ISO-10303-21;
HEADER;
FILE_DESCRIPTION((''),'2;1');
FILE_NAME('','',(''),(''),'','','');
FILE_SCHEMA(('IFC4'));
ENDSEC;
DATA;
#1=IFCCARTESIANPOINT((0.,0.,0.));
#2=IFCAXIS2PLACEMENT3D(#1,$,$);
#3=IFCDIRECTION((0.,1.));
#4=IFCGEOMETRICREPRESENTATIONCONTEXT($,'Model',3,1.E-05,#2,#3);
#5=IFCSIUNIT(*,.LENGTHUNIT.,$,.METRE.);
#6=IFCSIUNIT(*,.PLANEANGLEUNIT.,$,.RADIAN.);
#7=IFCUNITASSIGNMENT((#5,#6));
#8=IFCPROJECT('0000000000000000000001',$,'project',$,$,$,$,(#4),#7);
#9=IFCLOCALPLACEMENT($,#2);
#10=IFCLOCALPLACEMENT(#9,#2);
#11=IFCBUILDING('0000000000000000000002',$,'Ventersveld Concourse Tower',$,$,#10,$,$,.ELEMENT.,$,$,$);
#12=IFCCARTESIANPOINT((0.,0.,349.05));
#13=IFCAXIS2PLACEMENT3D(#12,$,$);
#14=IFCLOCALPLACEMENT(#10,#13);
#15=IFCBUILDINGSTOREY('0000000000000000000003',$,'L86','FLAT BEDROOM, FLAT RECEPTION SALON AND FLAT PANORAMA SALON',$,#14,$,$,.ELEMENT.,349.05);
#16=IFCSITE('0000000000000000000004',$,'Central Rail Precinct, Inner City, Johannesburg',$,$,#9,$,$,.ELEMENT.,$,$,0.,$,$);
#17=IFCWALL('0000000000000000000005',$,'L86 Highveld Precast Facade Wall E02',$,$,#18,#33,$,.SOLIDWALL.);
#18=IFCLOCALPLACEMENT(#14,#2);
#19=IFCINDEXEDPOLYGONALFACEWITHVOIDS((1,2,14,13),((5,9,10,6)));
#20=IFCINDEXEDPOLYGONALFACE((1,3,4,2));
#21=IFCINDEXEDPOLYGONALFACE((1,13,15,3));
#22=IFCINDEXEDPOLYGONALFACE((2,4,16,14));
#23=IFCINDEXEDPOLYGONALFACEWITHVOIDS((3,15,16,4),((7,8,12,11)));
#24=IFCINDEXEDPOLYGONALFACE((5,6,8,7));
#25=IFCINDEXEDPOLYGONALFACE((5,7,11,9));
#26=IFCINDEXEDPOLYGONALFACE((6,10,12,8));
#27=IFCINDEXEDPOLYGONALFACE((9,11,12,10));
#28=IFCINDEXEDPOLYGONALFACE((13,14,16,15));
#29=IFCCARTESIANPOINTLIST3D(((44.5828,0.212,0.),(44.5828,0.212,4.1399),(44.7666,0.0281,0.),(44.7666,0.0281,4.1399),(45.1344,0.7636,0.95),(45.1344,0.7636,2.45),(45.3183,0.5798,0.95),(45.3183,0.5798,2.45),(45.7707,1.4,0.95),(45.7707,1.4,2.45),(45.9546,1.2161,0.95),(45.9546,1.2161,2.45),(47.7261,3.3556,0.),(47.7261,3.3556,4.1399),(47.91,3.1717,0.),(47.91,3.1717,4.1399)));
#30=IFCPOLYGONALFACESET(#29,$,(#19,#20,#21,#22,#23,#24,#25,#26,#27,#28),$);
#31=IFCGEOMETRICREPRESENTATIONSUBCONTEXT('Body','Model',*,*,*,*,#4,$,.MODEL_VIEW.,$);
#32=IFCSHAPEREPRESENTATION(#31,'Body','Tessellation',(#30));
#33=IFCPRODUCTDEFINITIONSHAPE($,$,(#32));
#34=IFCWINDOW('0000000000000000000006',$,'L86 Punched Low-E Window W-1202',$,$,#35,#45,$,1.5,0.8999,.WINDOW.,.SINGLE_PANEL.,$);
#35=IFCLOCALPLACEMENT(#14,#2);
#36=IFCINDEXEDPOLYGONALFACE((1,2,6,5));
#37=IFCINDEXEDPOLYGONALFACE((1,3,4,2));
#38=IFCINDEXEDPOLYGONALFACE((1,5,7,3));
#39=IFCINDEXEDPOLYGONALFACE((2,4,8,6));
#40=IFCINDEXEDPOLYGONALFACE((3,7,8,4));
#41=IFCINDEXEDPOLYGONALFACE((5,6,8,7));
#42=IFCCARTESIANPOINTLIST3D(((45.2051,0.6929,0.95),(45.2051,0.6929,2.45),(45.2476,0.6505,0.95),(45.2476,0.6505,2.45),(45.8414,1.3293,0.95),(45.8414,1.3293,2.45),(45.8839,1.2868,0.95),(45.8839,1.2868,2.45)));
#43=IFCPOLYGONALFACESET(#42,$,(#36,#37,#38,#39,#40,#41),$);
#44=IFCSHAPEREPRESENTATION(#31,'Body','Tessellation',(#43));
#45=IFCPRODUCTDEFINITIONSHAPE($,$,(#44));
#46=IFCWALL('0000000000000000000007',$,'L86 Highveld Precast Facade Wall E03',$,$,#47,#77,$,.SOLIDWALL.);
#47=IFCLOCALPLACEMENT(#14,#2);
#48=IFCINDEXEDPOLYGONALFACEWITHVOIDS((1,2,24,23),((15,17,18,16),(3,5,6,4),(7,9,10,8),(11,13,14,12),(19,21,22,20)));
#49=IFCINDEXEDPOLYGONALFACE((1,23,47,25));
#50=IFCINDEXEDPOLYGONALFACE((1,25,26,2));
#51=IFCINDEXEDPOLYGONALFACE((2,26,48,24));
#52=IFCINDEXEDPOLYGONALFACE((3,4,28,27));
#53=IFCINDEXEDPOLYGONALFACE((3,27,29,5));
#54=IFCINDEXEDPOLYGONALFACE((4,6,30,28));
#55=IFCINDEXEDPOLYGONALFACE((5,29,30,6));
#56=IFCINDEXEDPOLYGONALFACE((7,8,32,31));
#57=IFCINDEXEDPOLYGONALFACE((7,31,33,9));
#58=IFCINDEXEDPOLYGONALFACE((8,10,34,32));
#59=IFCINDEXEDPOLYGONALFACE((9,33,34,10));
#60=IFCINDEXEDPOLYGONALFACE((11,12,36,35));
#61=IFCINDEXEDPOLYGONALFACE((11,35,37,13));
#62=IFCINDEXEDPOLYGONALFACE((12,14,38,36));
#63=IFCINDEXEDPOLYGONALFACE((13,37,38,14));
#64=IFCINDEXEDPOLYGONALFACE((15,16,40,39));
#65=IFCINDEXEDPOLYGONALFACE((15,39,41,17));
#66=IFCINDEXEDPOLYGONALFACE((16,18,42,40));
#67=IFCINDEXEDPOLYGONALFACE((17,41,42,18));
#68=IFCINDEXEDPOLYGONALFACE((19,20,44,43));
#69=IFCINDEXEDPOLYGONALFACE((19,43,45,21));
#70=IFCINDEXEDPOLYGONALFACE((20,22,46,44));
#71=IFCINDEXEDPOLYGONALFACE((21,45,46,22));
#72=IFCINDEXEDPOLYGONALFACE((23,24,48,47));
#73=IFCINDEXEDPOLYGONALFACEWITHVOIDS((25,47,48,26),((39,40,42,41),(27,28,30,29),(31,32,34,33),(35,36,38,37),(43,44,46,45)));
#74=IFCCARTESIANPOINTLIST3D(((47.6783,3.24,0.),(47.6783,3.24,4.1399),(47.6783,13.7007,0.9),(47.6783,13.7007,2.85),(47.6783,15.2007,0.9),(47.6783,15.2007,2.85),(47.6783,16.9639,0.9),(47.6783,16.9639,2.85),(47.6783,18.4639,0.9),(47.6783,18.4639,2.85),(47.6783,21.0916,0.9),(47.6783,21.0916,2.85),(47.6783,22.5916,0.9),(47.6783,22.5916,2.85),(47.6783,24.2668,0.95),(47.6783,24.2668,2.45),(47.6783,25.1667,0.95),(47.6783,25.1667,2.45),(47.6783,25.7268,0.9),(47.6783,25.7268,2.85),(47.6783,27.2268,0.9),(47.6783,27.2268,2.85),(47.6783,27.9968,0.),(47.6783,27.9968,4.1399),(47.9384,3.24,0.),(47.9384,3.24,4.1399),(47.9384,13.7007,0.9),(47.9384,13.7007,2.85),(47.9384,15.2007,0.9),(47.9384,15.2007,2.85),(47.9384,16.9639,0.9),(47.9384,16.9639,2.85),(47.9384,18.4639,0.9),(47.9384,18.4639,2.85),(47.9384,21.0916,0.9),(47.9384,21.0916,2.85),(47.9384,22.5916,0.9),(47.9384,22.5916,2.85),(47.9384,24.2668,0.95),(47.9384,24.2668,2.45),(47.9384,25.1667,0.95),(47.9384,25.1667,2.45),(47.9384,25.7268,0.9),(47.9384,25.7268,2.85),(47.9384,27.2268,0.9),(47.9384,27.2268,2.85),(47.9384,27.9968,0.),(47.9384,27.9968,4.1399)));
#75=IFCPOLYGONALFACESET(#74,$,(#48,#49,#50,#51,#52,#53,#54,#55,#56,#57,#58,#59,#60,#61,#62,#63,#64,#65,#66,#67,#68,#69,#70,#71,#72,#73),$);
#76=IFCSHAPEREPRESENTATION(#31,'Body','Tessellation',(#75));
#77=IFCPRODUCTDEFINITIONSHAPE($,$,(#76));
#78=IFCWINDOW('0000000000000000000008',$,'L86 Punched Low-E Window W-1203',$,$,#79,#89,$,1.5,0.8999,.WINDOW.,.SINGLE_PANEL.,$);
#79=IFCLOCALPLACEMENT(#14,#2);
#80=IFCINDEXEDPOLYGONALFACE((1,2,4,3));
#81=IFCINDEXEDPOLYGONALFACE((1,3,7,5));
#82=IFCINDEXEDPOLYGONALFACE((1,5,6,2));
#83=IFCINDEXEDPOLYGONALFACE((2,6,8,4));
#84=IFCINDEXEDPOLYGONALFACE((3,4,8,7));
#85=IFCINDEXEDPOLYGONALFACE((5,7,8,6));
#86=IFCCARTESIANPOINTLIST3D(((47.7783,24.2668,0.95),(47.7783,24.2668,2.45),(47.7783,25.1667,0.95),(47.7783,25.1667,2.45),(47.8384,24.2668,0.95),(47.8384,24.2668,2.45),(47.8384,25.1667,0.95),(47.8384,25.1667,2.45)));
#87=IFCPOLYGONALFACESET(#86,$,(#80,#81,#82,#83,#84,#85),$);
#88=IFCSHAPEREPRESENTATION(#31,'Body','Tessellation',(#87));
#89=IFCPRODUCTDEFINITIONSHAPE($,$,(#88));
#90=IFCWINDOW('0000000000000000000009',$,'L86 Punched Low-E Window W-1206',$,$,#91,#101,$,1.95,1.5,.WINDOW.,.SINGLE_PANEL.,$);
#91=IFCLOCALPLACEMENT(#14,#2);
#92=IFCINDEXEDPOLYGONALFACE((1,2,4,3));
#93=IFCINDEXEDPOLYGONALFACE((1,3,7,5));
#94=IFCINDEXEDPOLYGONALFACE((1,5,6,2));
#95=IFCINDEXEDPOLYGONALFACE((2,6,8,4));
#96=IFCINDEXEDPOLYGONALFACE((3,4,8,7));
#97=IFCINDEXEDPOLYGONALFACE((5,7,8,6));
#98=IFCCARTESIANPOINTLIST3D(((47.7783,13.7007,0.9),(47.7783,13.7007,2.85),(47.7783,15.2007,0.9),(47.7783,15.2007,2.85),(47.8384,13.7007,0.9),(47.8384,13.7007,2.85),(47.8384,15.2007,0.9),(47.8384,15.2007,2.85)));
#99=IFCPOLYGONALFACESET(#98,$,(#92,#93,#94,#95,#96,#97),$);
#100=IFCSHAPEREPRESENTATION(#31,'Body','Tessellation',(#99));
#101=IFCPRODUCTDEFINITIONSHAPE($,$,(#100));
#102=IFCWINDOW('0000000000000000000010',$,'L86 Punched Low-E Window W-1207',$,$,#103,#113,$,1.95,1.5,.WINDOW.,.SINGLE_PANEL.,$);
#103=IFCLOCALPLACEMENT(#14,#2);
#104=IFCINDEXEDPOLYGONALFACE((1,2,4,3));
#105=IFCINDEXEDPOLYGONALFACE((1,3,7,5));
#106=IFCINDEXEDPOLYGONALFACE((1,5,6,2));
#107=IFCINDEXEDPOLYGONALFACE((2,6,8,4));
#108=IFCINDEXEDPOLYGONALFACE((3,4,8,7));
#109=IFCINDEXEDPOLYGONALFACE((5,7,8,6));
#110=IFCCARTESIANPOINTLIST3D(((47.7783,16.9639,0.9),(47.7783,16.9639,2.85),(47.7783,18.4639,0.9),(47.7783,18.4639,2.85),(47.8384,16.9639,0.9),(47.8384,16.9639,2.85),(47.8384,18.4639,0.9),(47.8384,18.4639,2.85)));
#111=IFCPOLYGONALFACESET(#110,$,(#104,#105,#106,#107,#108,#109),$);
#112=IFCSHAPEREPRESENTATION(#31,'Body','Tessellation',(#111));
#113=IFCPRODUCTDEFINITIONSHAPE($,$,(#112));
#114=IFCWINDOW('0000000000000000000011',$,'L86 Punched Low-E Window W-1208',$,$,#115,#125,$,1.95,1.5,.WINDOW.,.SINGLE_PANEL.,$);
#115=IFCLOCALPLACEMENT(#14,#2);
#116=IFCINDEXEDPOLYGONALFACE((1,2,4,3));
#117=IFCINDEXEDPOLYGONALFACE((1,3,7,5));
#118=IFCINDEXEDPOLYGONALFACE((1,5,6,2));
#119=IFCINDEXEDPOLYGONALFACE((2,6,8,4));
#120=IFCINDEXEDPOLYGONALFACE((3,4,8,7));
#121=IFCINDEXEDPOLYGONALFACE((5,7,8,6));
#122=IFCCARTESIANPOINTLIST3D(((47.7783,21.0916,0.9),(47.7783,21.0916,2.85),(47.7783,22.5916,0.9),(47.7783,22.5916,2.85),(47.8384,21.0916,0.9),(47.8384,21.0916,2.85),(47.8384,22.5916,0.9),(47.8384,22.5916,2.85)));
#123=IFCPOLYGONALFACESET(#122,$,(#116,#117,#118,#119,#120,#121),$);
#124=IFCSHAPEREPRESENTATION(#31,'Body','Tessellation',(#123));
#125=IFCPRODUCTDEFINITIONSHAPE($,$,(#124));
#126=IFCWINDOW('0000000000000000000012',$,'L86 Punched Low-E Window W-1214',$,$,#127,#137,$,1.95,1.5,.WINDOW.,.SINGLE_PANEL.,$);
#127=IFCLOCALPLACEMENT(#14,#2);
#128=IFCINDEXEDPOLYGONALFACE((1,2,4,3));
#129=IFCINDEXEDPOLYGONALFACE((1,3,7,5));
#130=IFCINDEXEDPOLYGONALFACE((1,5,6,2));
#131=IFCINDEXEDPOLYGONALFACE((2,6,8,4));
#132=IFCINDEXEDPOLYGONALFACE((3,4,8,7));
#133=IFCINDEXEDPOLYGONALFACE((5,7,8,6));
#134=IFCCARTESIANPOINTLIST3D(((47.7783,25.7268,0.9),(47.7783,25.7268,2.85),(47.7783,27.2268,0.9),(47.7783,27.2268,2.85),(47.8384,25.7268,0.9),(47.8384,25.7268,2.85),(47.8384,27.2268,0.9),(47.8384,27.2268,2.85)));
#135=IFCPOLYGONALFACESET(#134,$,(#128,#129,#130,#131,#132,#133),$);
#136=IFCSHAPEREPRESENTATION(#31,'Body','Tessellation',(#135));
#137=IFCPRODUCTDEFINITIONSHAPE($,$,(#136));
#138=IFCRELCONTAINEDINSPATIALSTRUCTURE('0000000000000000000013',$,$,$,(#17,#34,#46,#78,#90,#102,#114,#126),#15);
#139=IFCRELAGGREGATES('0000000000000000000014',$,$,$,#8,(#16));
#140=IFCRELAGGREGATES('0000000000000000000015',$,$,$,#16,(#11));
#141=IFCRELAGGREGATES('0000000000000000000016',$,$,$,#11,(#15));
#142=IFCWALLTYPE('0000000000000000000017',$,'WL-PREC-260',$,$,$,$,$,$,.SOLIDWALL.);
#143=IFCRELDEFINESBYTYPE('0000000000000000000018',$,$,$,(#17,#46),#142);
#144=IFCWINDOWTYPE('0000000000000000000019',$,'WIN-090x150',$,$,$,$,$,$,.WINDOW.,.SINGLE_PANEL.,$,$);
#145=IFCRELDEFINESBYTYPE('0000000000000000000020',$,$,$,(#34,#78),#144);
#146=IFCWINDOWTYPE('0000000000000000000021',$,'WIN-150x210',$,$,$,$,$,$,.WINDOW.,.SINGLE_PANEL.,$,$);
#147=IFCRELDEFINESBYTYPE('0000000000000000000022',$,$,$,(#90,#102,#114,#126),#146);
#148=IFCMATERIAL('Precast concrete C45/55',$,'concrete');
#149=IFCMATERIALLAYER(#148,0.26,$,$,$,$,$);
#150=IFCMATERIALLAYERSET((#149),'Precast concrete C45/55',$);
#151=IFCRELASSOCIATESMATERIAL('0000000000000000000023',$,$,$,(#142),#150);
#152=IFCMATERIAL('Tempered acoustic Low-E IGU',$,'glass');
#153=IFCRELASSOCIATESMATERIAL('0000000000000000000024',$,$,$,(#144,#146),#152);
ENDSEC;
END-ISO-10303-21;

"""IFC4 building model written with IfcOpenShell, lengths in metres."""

from ifc_helpers import new_model, si_unit, direction, frame, frame_2d, origin, place, context, subcontext, project, spatial, rectangle, extrude, material, layer, layer_set, type_object, element, fill, save


model = new_model("IFC4")

# Units and contexts
model_context = context("Model", 3, precision=1e-05, world=origin(), true_north=direction((0.0, 1.0)))
body_context = subcontext(model_context, "Body", "Model", "MODEL_VIEW")
ifc_project = project(units=[si_unit("LENGTHUNIT", "METRE"), si_unit("PLANEANGLEUNIT", "RADIAN")], contexts=[model_context])

# Site, building, storey
site_placement = place(None, origin())
site = spatial("IfcSite", under=ifc_project, at=site_placement, Name="Central Rail Precinct, Inner City, Johannesburg", CompositionType="ELEMENT", RefElevation=0.0)
building_placement = place(site_placement, origin())
building = spatial("IfcBuilding", under=site, at=building_placement, Name="Ventersveld Concourse Tower", CompositionType="ELEMENT")
storey_placement = place(building_placement, frame((0.0, 0.0, 349.05)))
storey = spatial("IfcBuildingStorey", under=building, at=storey_placement, Name="L86", Description="FLAT BEDROOM, FLAT RECEPTION SALON AND FLAT PANORAMA SALON", CompositionType="ELEMENT", Elevation=349.05)

# Wall, opening, window
ifc_material_1 = material(Name="Precast concrete C45/55", Category="concrete")
ifc_layer_1 = layer(ifc_material_1, 0.26)
ifc_layer_set_1 = layer_set([ifc_layer_1], Name="Precast concrete C45/55")
wall_type_1 = type_object("IfcWallType", Name="WL-PREC-260", PredefinedType="SOLIDWALL", material=ifc_layer_set_1)
wall_1_placement = place(storey_placement, frame((44.6748, 0.1201, 0.0), z_axis=(0.0, 0.0, 1.0), x_axis=(0.707079, 0.707134, 0.0)))
wall_1 = element("IfcWall", 1, at=wall_1_placement, inside=storey, type_object=wall_type_1, Name="L86 Highveld Precast Facade Wall E02", PredefinedType="SOLIDWALL", context=body_context, shape_type="SweptSolid", body=[
    extrude(rectangle(XDim=4.4456, YDim=0.26, at=frame_2d((2.2227, 0.0))), origin(), (0.0, 0.0, 1.0), 4.1399),
])
opening_1_placement = place(wall_1_placement, frame((0.78, 0.0, 0.95)))
opening_1 = element("IfcOpeningElement", 2, at=opening_1_placement, cuts=wall_1, PredefinedType="OPENING", context=body_context, shape_type="SweptSolid", body=[
    extrude(rectangle(XDim=0.8999, YDim=1.5, at=frame_2d((0.45, 0.75))), frame((0.0, 0.1401, 0.0), z_axis=(0.0, -1.0, 0.0), x_axis=(1.0, 0.0, 0.0)), (0.0, 0.0, 1.0), 0.28),
])
ifc_material_2 = material(Name="Tempered acoustic Low-E IGU", Category="glass")
window_type_1 = type_object("IfcWindowType", Name="WIN-090x150", PartitioningType="SINGLE_PANEL", PredefinedType="WINDOW", material=ifc_material_2)
window_1_placement = place(opening_1_placement, origin())
window_1 = element("IfcWindow", 3, at=window_1_placement, inside=storey, type_object=window_type_1, Name="L86 Punched Low-E Window W-1202", OverallHeight=1.5, OverallWidth=0.8999, PartitioningType="SINGLE_PANEL", PredefinedType="WINDOW", context=body_context, shape_type="SweptSolid", body=[
    extrude(rectangle(XDim=0.8999, YDim=1.5, at=frame_2d((0.45, 0.75))), frame((0.0, 0.03, 0.0), z_axis=(0.0, -1.0, 0.0), x_axis=(1.0, 0.0, 0.0)), (0.0, 0.0, 1.0), 0.0601),
])
fill(opening_1, window_1)

# Wall, openings, windows
wall_2_placement = place(storey_placement, frame((47.8083, 3.24, 0.0), z_axis=(0.0, 0.0, 1.0), x_axis=(0.0, 1.0, 0.0)))
wall_2 = element("IfcWall", 4, at=wall_2_placement, inside=storey, type_object=wall_type_1, Name="L86 Highveld Precast Facade Wall E03", PredefinedType="SOLIDWALL", context=body_context, shape_type="SweptSolid", body=[
    extrude(rectangle(XDim=24.7568, YDim=0.26, at=frame_2d((12.3784, 0.0))), origin(), (0.0, 0.0, 1.0), 4.1399),
])
opening_2_placement = place(wall_2_placement, frame((21.0269, 0.0, 0.95)))
opening_2 = element("IfcOpeningElement", 5, at=opening_2_placement, cuts=wall_2, PredefinedType="OPENING", context=body_context, shape_type="SweptSolid", body=[
    extrude(rectangle(XDim=0.8999, YDim=1.5, at=frame_2d((0.45, 0.75))), frame((0.0, 0.1401, 0.0), z_axis=(0.0, -1.0, 0.0), x_axis=(1.0, 0.0, 0.0)), (0.0, 0.0, 1.0), 0.28),
])
opening_3_placement = place(wall_2_placement, frame((10.4607, 0.0, 0.8999)))
opening_3 = element("IfcOpeningElement", 6, at=opening_3_placement, cuts=wall_2, PredefinedType="OPENING", context=body_context, shape_type="SweptSolid", body=[
    extrude(rectangle(XDim=1.5, YDim=1.95, at=frame_2d((0.75, 0.9751))), frame((0.0, 0.1401, 0.0), z_axis=(0.0, -1.0, 0.0), x_axis=(1.0, 0.0, 0.0)), (0.0, 0.0, 1.0), 0.28),
])
opening_4_placement = place(wall_2_placement, frame((13.7239, 0.0, 0.8999)))
opening_4 = element("IfcOpeningElement", 7, at=opening_4_placement, cuts=wall_2, PredefinedType="OPENING", context=body_context, shape_type="SweptSolid", body=[
    extrude(rectangle(XDim=1.5, YDim=1.95, at=frame_2d((0.75, 0.9751))), frame((0.0, 0.1401, 0.0), z_axis=(0.0, -1.0, 0.0), x_axis=(1.0, 0.0, 0.0)), (0.0, 0.0, 1.0), 0.28),
])
opening_5_placement = place(wall_2_placement, frame((17.8516, 0.0, 0.8999)))
opening_5 = element("IfcOpeningElement", 8, at=opening_5_placement, cuts=wall_2, PredefinedType="OPENING", context=body_context, shape_type="SweptSolid", body=[
    extrude(rectangle(XDim=1.5, YDim=1.95, at=frame_2d((0.75, 0.9751))), frame((0.0, 0.1401, 0.0), z_axis=(0.0, -1.0, 0.0), x_axis=(1.0, 0.0, 0.0)), (0.0, 0.0, 1.0), 0.28),
])
opening_6_placement = place(wall_2_placement, frame((22.4868, 0.0, 0.8999)))
opening_6 = element("IfcOpeningElement", 9, at=opening_6_placement, cuts=wall_2, PredefinedType="OPENING", context=body_context, shape_type="SweptSolid", body=[
    extrude(rectangle(XDim=1.5, YDim=1.95, at=frame_2d((0.75, 0.9751))), frame((0.0, 0.1401, 0.0), z_axis=(0.0, -1.0, 0.0), x_axis=(1.0, 0.0, 0.0)), (0.0, 0.0, 1.0), 0.28),
])
window_2_placement = place(opening_2_placement, origin())
window_2 = element("IfcWindow", 10, at=window_2_placement, inside=storey, type_object=window_type_1, Name="L86 Punched Low-E Window W-1203", OverallHeight=1.5, OverallWidth=0.8999, PartitioningType="SINGLE_PANEL", PredefinedType="WINDOW", context=body_context, shape_type="SweptSolid", body=[
    extrude(rectangle(XDim=0.8999, YDim=1.5, at=frame_2d((0.45, 0.75))), frame((0.0, 0.03, 0.0), z_axis=(0.0, -1.0, 0.0), x_axis=(1.0, 0.0, 0.0)), (0.0, 0.0, 1.0), 0.0601),
])
fill(opening_2, window_2)
window_type_2 = type_object("IfcWindowType", Name="WIN-150x210", PartitioningType="SINGLE_PANEL", PredefinedType="WINDOW", material=ifc_material_2)
window_3_placement = place(opening_3_placement, origin())
window_3 = element("IfcWindow", 11, at=window_3_placement, inside=storey, type_object=window_type_2, Name="L86 Punched Low-E Window W-1206", OverallHeight=1.95, OverallWidth=1.5, PartitioningType="SINGLE_PANEL", PredefinedType="WINDOW", context=body_context, shape_type="SweptSolid", body=[
    extrude(rectangle(XDim=1.5, YDim=1.95, at=frame_2d((0.75, 0.9751))), frame((0.0, 0.03, 0.0), z_axis=(0.0, -1.0, 0.0), x_axis=(1.0, 0.0, 0.0)), (0.0, 0.0, 1.0), 0.0601),
])
fill(opening_3, window_3)
window_4_placement = place(opening_4_placement, origin())
window_4 = element("IfcWindow", 12, at=window_4_placement, inside=storey, type_object=window_type_2, Name="L86 Punched Low-E Window W-1207", OverallHeight=1.95, OverallWidth=1.5, PartitioningType="SINGLE_PANEL", PredefinedType="WINDOW", context=body_context, shape_type="SweptSolid", body=[
    extrude(rectangle(XDim=1.5, YDim=1.95, at=frame_2d((0.75, 0.9751))), frame((0.0, 0.03, 0.0), z_axis=(0.0, -1.0, 0.0), x_axis=(1.0, 0.0, 0.0)), (0.0, 0.0, 1.0), 0.0601),
])
fill(opening_4, window_4)
window_5_placement = place(opening_5_placement, origin())
window_5 = element("IfcWindow", 13, at=window_5_placement, inside=storey, type_object=window_type_2, Name="L86 Punched Low-E Window W-1208", OverallHeight=1.95, OverallWidth=1.5, PartitioningType="SINGLE_PANEL", PredefinedType="WINDOW", context=body_context, shape_type="SweptSolid", body=[
    extrude(rectangle(XDim=1.5, YDim=1.95, at=frame_2d((0.75, 0.9751))), frame((0.0, 0.03, 0.0), z_axis=(0.0, -1.0, 0.0), x_axis=(1.0, 0.0, 0.0)), (0.0, 0.0, 1.0), 0.0601),
])
fill(opening_5, window_5)
window_6_placement = place(opening_6_placement, origin())
window_6 = element("IfcWindow", 14, at=window_6_placement, inside=storey, type_object=window_type_2, Name="L86 Punched Low-E Window W-1214", OverallHeight=1.95, OverallWidth=1.5, PartitioningType="SINGLE_PANEL", PredefinedType="WINDOW", context=body_context, shape_type="SweptSolid", body=[
    extrude(rectangle(XDim=1.5, YDim=1.95, at=frame_2d((0.75, 0.9751))), frame((0.0, 0.03, 0.0), z_axis=(0.0, -1.0, 0.0), x_axis=(1.0, 0.0, 0.0)), (0.0, 0.0, 1.0), 0.0601),
])
fill(opening_6, window_6)

save(model, "model.ifc")
